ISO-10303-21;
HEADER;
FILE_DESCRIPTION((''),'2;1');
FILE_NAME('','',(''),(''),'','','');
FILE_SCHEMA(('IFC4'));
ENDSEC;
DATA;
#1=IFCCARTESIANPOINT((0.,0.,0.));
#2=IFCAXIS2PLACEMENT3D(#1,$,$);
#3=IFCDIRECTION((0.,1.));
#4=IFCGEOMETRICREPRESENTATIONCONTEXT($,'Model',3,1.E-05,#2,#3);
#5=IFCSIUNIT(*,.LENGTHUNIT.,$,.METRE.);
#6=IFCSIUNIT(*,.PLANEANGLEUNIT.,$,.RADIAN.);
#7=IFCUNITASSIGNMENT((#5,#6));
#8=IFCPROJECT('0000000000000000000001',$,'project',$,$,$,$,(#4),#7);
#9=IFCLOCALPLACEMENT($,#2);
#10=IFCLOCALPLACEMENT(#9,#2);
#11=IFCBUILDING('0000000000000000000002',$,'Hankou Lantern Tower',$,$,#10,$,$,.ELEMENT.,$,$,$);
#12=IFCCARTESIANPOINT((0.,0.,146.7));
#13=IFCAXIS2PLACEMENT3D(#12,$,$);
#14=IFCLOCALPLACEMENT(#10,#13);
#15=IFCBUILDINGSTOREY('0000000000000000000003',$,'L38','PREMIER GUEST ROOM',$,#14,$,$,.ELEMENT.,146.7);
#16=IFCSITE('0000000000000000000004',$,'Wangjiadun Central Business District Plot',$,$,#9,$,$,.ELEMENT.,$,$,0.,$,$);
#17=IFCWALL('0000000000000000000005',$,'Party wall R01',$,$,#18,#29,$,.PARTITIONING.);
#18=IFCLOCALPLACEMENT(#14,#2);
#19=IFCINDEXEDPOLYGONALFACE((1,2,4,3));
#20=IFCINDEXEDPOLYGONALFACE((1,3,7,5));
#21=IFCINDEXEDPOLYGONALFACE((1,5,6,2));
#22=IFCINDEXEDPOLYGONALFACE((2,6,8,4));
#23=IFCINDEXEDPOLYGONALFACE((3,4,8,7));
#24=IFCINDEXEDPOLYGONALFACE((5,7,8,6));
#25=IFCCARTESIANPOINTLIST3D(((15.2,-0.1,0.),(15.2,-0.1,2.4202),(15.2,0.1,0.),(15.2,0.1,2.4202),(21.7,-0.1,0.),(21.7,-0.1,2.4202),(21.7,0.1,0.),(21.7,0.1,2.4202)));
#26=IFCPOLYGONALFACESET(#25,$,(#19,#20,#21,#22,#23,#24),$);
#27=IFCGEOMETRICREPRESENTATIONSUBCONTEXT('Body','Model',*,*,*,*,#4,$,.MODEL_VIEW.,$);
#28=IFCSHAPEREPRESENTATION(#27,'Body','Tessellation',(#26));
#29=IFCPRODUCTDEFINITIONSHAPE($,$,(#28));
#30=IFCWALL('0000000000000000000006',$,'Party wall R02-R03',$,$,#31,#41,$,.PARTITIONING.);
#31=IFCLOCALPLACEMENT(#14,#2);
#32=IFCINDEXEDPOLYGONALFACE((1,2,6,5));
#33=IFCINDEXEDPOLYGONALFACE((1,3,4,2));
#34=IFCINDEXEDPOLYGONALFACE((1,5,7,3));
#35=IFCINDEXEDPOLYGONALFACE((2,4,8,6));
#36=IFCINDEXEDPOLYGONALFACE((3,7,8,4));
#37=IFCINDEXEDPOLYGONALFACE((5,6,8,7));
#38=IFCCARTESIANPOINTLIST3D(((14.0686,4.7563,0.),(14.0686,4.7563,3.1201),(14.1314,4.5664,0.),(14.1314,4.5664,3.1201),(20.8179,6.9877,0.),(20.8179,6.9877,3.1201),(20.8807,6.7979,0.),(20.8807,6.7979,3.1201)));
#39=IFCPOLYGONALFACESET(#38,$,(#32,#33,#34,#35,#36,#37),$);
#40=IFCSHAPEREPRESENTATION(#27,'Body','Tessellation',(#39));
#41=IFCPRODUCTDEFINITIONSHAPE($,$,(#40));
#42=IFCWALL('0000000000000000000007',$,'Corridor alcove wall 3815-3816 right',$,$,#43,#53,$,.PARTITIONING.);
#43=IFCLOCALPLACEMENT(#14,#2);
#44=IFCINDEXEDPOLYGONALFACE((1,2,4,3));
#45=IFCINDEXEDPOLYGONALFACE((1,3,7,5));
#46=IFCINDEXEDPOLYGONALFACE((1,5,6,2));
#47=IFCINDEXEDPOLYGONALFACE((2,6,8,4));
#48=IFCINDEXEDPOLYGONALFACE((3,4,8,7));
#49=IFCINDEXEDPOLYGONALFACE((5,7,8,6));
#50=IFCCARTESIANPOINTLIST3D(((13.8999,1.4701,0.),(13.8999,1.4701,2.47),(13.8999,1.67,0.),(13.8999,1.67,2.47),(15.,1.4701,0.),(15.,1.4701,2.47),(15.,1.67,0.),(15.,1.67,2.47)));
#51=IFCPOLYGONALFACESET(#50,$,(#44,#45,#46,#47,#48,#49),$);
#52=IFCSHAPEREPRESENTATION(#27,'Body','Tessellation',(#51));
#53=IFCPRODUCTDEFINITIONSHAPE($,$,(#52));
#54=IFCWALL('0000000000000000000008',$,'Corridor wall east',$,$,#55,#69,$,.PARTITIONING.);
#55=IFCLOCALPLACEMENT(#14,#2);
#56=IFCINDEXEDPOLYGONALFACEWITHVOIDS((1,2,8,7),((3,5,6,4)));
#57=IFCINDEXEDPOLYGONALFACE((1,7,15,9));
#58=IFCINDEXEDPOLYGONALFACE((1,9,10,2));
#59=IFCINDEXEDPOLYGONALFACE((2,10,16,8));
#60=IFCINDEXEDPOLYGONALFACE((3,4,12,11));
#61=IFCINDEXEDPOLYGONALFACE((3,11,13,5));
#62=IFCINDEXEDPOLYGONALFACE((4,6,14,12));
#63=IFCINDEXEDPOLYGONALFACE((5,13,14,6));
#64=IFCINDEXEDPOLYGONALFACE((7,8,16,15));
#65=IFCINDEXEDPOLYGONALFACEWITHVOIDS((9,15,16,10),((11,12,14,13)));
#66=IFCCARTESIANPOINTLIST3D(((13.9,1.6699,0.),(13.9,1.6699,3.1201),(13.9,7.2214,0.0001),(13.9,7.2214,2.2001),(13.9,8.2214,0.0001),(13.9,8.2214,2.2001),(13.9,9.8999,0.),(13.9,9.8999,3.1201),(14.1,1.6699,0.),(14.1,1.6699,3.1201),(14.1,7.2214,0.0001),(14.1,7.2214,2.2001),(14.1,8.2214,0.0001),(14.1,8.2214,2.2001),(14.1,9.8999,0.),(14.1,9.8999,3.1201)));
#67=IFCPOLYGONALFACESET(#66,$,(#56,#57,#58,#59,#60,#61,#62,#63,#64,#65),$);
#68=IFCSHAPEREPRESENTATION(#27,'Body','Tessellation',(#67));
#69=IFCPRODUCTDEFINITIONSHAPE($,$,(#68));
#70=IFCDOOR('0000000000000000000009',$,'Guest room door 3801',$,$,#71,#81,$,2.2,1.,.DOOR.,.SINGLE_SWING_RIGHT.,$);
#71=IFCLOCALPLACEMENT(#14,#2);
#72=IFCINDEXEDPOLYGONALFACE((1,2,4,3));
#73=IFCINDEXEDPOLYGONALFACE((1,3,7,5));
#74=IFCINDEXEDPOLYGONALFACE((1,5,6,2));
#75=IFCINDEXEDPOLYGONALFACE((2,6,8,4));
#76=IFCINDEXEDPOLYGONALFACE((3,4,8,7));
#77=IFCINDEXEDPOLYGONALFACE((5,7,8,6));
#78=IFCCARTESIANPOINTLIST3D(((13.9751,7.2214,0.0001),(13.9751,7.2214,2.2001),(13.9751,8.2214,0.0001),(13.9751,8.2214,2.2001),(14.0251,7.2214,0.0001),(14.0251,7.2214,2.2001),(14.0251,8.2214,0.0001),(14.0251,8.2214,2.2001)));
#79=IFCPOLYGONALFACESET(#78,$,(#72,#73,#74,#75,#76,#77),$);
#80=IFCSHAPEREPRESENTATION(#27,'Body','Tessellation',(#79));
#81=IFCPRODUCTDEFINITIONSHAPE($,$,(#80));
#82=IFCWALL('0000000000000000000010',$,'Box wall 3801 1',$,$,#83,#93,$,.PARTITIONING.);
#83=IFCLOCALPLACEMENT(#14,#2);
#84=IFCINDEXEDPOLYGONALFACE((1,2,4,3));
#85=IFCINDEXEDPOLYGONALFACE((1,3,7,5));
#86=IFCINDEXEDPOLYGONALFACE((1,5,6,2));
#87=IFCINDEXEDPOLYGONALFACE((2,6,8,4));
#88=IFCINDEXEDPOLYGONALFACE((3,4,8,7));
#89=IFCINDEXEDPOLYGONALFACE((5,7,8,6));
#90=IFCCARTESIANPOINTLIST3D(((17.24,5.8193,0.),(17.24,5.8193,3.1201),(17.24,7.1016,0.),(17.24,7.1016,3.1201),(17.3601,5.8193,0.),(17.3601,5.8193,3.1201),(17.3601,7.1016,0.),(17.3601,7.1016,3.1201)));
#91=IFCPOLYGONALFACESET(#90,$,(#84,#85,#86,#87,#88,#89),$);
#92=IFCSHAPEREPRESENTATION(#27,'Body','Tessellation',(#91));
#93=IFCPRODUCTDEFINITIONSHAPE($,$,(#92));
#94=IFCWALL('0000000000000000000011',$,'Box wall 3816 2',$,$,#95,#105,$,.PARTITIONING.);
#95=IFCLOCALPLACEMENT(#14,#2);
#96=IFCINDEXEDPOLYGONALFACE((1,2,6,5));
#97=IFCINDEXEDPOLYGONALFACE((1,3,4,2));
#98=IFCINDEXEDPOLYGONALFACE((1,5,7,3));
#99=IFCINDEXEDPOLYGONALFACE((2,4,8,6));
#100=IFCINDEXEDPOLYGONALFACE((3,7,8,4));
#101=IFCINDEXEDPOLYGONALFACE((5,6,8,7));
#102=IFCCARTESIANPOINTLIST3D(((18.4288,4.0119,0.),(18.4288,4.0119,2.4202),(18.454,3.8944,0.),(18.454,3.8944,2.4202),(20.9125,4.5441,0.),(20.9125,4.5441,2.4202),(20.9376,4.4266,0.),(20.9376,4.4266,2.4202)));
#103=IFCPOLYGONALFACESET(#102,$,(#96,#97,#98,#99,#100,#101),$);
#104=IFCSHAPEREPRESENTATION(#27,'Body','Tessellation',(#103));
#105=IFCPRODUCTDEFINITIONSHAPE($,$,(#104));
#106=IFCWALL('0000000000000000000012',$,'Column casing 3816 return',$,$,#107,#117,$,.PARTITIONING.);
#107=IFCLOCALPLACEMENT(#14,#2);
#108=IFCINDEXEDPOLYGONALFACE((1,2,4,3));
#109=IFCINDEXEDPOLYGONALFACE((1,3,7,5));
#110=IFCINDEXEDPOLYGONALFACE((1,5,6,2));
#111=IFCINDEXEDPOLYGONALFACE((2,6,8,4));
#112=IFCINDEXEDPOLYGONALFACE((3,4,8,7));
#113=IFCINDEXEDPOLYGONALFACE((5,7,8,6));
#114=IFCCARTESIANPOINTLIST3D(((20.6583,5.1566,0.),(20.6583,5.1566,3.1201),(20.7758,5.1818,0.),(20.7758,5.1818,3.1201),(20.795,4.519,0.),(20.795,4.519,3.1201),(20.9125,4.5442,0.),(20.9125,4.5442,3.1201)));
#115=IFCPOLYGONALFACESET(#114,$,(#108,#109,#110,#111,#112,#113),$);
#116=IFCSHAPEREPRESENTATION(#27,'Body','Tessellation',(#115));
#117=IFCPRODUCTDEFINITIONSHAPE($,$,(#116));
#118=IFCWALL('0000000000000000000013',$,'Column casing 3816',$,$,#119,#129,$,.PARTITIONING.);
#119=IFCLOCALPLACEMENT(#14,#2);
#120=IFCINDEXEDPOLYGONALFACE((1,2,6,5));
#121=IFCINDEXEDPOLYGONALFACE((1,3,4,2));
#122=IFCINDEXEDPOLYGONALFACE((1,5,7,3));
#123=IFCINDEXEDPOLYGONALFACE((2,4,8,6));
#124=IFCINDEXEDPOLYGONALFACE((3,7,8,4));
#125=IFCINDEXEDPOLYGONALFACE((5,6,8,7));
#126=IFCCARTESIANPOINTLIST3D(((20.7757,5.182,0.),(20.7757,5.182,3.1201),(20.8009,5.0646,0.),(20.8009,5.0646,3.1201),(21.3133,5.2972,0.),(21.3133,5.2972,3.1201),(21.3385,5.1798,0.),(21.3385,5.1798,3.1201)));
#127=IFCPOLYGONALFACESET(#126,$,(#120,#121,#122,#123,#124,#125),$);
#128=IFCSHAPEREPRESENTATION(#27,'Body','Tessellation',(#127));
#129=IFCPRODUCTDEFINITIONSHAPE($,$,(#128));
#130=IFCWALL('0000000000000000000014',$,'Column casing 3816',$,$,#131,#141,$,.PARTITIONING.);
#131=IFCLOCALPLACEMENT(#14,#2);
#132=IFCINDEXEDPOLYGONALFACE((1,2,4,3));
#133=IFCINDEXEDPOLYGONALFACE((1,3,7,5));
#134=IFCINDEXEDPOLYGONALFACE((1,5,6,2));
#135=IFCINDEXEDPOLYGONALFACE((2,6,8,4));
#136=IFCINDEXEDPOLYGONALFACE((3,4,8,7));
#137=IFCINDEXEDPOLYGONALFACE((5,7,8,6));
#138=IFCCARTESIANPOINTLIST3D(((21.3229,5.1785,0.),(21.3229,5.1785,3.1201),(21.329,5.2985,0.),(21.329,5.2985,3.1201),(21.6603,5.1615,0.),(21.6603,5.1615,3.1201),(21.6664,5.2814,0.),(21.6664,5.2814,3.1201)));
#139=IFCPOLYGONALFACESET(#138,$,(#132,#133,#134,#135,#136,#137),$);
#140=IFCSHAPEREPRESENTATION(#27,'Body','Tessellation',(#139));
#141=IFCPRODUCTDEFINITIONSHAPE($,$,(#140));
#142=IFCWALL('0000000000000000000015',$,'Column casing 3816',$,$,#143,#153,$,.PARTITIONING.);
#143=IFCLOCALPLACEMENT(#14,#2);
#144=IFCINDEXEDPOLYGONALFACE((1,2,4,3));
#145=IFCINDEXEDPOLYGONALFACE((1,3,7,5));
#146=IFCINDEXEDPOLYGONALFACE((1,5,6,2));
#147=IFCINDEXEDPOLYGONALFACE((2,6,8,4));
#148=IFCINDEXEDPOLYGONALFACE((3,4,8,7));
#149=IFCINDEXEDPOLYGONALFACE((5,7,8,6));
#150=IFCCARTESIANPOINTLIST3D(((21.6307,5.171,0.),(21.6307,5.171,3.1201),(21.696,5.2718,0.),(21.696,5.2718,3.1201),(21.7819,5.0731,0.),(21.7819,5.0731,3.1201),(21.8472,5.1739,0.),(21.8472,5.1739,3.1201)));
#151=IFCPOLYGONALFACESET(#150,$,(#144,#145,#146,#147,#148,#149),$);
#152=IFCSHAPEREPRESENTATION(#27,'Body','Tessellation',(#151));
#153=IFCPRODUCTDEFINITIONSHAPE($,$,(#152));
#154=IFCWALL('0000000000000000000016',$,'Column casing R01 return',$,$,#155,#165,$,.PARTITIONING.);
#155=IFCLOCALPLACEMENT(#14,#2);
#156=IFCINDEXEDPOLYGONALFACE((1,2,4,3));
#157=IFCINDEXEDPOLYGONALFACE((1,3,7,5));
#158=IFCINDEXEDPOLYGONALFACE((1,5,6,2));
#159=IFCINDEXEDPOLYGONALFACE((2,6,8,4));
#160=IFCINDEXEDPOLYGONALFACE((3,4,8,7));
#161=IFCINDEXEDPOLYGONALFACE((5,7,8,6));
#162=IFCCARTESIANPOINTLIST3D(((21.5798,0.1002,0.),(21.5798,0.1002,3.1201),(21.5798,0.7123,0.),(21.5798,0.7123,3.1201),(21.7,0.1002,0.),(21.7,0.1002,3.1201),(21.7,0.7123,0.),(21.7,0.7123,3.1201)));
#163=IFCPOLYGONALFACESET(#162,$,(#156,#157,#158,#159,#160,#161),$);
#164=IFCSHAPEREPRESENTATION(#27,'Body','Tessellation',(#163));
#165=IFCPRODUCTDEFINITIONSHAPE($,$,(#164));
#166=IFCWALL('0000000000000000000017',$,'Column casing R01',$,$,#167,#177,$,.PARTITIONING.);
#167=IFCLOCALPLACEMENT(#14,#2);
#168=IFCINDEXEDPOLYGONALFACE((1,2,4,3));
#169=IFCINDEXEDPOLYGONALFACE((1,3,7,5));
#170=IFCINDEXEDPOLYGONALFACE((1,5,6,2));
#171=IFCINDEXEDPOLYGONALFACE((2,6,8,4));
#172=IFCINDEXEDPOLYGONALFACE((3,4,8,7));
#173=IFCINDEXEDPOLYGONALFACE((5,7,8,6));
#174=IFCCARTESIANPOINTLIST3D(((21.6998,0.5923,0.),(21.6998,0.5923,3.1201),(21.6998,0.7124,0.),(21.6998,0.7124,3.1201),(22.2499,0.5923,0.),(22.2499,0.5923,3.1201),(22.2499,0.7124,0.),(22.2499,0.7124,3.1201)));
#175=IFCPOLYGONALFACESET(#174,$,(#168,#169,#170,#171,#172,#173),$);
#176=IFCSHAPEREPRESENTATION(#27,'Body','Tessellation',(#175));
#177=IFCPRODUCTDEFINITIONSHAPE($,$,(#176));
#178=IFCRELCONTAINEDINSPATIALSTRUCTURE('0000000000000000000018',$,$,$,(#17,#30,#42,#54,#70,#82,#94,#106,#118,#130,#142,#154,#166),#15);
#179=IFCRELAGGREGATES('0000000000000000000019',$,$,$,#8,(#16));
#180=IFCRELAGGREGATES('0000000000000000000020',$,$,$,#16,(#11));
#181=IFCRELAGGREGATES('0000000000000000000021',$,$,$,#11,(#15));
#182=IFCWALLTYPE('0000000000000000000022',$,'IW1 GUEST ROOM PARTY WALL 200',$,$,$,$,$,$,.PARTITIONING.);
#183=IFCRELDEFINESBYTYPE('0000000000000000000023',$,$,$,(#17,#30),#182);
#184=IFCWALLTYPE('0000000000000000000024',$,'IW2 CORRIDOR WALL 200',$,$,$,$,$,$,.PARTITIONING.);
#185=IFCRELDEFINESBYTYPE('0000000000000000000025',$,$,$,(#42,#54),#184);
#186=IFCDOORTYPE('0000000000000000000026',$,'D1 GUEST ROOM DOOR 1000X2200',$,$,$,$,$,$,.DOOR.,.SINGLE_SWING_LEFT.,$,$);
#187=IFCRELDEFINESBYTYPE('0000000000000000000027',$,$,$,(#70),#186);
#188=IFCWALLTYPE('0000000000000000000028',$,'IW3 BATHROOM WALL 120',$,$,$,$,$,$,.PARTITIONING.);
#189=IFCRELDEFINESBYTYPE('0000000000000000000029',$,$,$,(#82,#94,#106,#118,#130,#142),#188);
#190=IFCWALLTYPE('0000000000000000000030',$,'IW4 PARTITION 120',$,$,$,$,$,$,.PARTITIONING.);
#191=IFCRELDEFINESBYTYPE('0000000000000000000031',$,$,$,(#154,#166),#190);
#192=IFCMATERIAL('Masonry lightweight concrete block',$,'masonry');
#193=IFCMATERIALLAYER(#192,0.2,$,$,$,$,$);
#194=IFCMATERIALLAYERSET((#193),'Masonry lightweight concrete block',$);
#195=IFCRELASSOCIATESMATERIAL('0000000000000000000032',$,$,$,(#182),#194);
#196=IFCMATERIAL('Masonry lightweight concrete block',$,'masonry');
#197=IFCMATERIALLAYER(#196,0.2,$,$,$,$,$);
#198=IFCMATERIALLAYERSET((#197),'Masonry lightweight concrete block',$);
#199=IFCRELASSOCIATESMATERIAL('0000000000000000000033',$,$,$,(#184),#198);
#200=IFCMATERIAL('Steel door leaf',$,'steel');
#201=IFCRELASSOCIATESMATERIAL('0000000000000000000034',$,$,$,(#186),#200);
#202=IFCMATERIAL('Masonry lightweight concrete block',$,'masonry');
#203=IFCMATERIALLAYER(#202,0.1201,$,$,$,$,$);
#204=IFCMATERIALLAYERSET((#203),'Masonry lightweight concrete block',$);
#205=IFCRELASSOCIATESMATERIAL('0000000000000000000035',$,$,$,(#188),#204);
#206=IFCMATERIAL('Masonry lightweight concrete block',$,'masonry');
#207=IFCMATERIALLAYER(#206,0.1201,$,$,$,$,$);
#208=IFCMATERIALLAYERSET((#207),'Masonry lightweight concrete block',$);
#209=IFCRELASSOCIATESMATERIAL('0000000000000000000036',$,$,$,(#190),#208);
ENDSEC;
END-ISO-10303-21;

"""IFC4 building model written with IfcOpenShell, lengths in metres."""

from ifc_helpers import new_model, si_unit, direction, frame, frame_2d, origin, place, context, subcontext, project, spatial, rectangle, extrude, material, layer, layer_set, type_object, element, fill, save


model = new_model("IFC4")

# Units and contexts
model_context = context("Model", 3, precision=1e-05, world=origin(), true_north=direction((0.0, 1.0)))
body_context = subcontext(model_context, "Body", "Model", "MODEL_VIEW")
ifc_project = project(units=[si_unit("LENGTHUNIT", "METRE"), si_unit("PLANEANGLEUNIT", "RADIAN")], contexts=[model_context])

# Site, building, storey
site_placement = place(None, origin())
site = spatial("IfcSite", under=ifc_project, at=site_placement, Name="Wangjiadun Central Business District Plot", CompositionType="ELEMENT", RefElevation=0.0)
building_placement = place(site_placement, origin())
building = spatial("IfcBuilding", under=site, at=building_placement, Name="Hankou Lantern Tower", CompositionType="ELEMENT")
storey_placement = place(building_placement, frame((0.0, 0.0, 146.7)))
storey = spatial("IfcBuildingStorey", under=building, at=storey_placement, Name="L38", Description="PREMIER GUEST ROOM", CompositionType="ELEMENT", Elevation=146.7)

# Walls
ifc_material_1 = material(Name="Masonry lightweight concrete block", Category="masonry")
ifc_layer_1 = layer(ifc_material_1, 0.2)
ifc_layer_set_1 = layer_set([ifc_layer_1], Name="Masonry lightweight concrete block")
wall_type_1 = type_object("IfcWallType", Name="IW1 GUEST ROOM PARTY WALL 200", PredefinedType="PARTITIONING", material=ifc_layer_set_1)
wall_1_placement = place(storey_placement, frame((15.2, 0.0, 0.0), z_axis=(0.0, 0.0, 1.0), x_axis=(1.0, 0.0, 0.0)))
element("IfcWall", 1, at=wall_1_placement, inside=storey, type_object=wall_type_1, Name="Party wall R01", PredefinedType="PARTITIONING", context=body_context, shape_type="SweptSolid", body=[
    extrude(rectangle(XDim=6.5, YDim=0.2, at=frame_2d((3.25, 0.0))), origin(), (0.0, 0.0, 1.0), 2.4202),
])
wall_2_placement = place(storey_placement, frame((14.1001, 4.6614, 0.0), z_axis=(0.0, 0.0, 1.0), x_axis=(0.949453, 0.313909, 0.0)))
element("IfcWall", 2, at=wall_2_placement, inside=storey, type_object=wall_type_1, Name="Party wall R02-R03", PredefinedType="PARTITIONING", context=body_context, shape_type="SweptSolid", body=[
    extrude(rectangle(XDim=7.1086, YDim=0.2, at=frame_2d((3.5542, 0.0))), origin(), (0.0, 0.0, 1.0), 3.1201),
])
ifc_material_2 = material(Name="Masonry lightweight concrete block", Category="masonry")
ifc_layer_2 = layer(ifc_material_2, 0.2)
ifc_layer_set_2 = layer_set([ifc_layer_2], Name="Masonry lightweight concrete block")
wall_type_2 = type_object("IfcWallType", Name="IW2 CORRIDOR WALL 200", PredefinedType="PARTITIONING", material=ifc_layer_set_2)
wall_3_placement = place(storey_placement, frame((13.8999, 1.5701, 0.0), z_axis=(0.0, 0.0, 1.0), x_axis=(1.0, 0.0, 0.0)))
element("IfcWall", 3, at=wall_3_placement, inside=storey, type_object=wall_type_2, Name="Corridor alcove wall 3815-3816 right", PredefinedType="PARTITIONING", context=body_context, shape_type="SweptSolid", body=[
    extrude(rectangle(XDim=1.1001, YDim=0.2, at=frame_2d((0.55, 0.0))), origin(), (0.0, 0.0, 1.0), 2.47),
])

# Wall, opening, door
wall_4_placement = place(storey_placement, frame((14.0, 1.6699, 0.0), z_axis=(0.0, 0.0, 1.0), x_axis=(0.0, 1.0, 0.0)))
wall_4 = element("IfcWall", 4, at=wall_4_placement, inside=storey, type_object=wall_type_2, Name="Corridor wall east", PredefinedType="PARTITIONING", context=body_context, shape_type="SweptSolid", body=[
    extrude(rectangle(XDim=8.23, YDim=0.2, at=frame_2d((4.115, 0.0))), origin(), (0.0, 0.0, 1.0), 3.1201),
])
opening_1_placement = place(wall_4_placement, frame((5.5515, 0.0, 0.0)))
opening_1 = element("IfcOpeningElement", 5, at=opening_1_placement, cuts=wall_4, PredefinedType="OPENING", context=body_context, shape_type="SweptSolid", body=[
    extrude(rectangle(XDim=1.0, YDim=2.2, at=frame_2d((0.5, 1.1001))), frame((0.0, 0.1099, 0.0), z_axis=(0.0, -1.0, 0.0), x_axis=(1.0, 0.0, 0.0)), (0.0, 0.0, 1.0), 0.22),
])
ifc_material_3 = material(Name="Steel door leaf", Category="steel")
door_type = type_object("IfcDoorType", Name="D1 GUEST ROOM DOOR 1000X2200", OperationType="SINGLE_SWING_LEFT", PredefinedType="DOOR", material=ifc_material_3)
door_placement = place(opening_1_placement, origin())
door = element("IfcDoor", 6, at=door_placement, inside=storey, type_object=door_type, Name="Guest room door 3801", OperationType="SINGLE_SWING_RIGHT", OverallHeight=2.2, OverallWidth=1.0, PredefinedType="DOOR", context=body_context, shape_type="SweptSolid", body=[
    extrude(rectangle(XDim=1.0, YDim=2.2, at=frame_2d((0.5, 1.1001))), frame((0.0, 0.0249, 0.0), z_axis=(0.0, -1.0, 0.0), x_axis=(1.0, 0.0, 0.0)), (0.0, 0.0, 1.0), 0.05),
])
fill(opening_1, door)

# Walls
ifc_material_4 = material(Name="Masonry lightweight concrete block", Category="masonry")
ifc_layer_3 = layer(ifc_material_4, 0.1201)
ifc_layer_set_3 = layer_set([ifc_layer_3], Name="Masonry lightweight concrete block")
wall_type_3 = type_object("IfcWallType", Name="IW3 BATHROOM WALL 120", PredefinedType="PARTITIONING", material=ifc_layer_set_3)
wall_5_placement = place(storey_placement, frame((17.3, 5.8193, 0.0), z_axis=(0.0, 0.0, 1.0), x_axis=(0.0, 1.0, 0.0)))
element("IfcWall", 7, at=wall_5_placement, inside=storey, type_object=wall_type_3, Name="Box wall 3801 1", PredefinedType="PARTITIONING", context=body_context, shape_type="SweptSolid", body=[
    extrude(rectangle(XDim=1.2822, YDim=0.1201, at=frame_2d((0.6411, 0.0))), origin(), (0.0, 0.0, 1.0), 3.1201),
])
wall_6_placement = place(storey_placement, frame((18.4414, 3.9531, 0.0), z_axis=(0.0, 0.0, 1.0), x_axis=(0.977801, 0.209536, 0.0)))
element("IfcWall", 8, at=wall_6_placement, inside=storey, type_object=wall_type_3, Name="Box wall 3816 2", PredefinedType="PARTITIONING", context=body_context, shape_type="SweptSolid", body=[
    extrude(rectangle(XDim=2.54, YDim=0.1201, at=frame_2d((1.27, 0.0))), origin(), (0.0, 0.0, 1.0), 2.4202),
])
wall_7_placement = place(storey_placement, frame((20.8538, 4.5315, 0.0), z_axis=(0.0, 0.0, 1.0), x_axis=(-0.209631, 0.97778, 0.0)))
element("IfcWall", 9, at=wall_7_placement, inside=storey, type_object=wall_type_3, Name="Column casing 3816 return", PredefinedType="PARTITIONING", context=body_context, shape_type="SweptSolid", body=[
    extrude(rectangle(XDim=0.6521, YDim=0.1201, at=frame_2d((0.3262, 0.0))), origin(), (0.0, 0.0, 1.0), 3.1201),
])
wall_8_placement = place(storey_placement, frame((20.7883, 5.1233, 0.0), z_axis=(0.0, 0.0, 1.0), x_axis=(0.977789, 0.20959, 0.0)))
element("IfcWall", 10, at=wall_8_placement, inside=storey, type_object=wall_type_3, Name="Column casing 3816", PredefinedType="PARTITIONING", context=body_context, shape_type="SweptSolid", body=[
    extrude(rectangle(XDim=0.5498, YDim=0.1201, at=frame_2d((0.2749, 0.0))), origin(), (0.0, 0.0, 1.0), 3.1201),
])
wall_9_placement = place(storey_placement, frame((21.3259, 5.2385, 0.0), z_axis=(0.0, 0.0, 1.0), x_axis=(0.99872, -0.050586, 0.0)))
element("IfcWall", 11, at=wall_9_placement, inside=storey, type_object=wall_type_3, Name="Column casing 3816", PredefinedType="PARTITIONING", context=body_context, shape_type="SweptSolid", body=[
    extrude(rectangle(XDim=0.3379, YDim=0.1201, at=frame_2d((0.1689, 0.0))), origin(), (0.0, 0.0, 1.0), 3.1201),
])
wall_10_placement = place(storey_placement, frame((21.6633, 5.2214, 0.0), z_axis=(0.0, 0.0, 1.0), x_axis=(0.839279, -0.543701, 0.0)))
element("IfcWall", 12, at=wall_10_placement, inside=storey, type_object=wall_type_3, Name="Column casing 3816", PredefinedType="PARTITIONING", context=body_context, shape_type="SweptSolid", body=[
    extrude(rectangle(XDim=0.1802, YDim=0.1201, at=frame_2d((0.0901, 0.0))), origin(), (0.0, 0.0, 1.0), 3.1201),
])
ifc_material_5 = material(Name="Masonry lightweight concrete block", Category="masonry")
ifc_layer_4 = layer(ifc_material_5, 0.1201)
ifc_layer_set_4 = layer_set([ifc_layer_4], Name="Masonry lightweight concrete block")
wall_type_4 = type_object("IfcWallType", Name="IW4 PARTITION 120", PredefinedType="PARTITIONING", material=ifc_layer_set_4)
wall_11_placement = place(storey_placement, frame((21.6399, 0.1001, 0.0), z_axis=(0.0, 0.0, 1.0), x_axis=(0.0, 1.0, 0.0)))
element("IfcWall", 13, at=wall_11_placement, inside=storey, type_object=wall_type_4, Name="Column casing R01 return", PredefinedType="PARTITIONING", context=body_context, shape_type="SweptSolid", body=[
    extrude(rectangle(XDim=0.6121, YDim=0.1201, at=frame_2d((0.3062, 0.0))), origin(), (0.0, 0.0, 1.0), 3.1201),
])
wall_12_placement = place(storey_placement, frame((21.7, 0.6523, 0.0), z_axis=(0.0, 0.0, 1.0), x_axis=(1.0, 0.0, 0.0)))
element("IfcWall", 14, at=wall_12_placement, inside=storey, type_object=wall_type_4, Name="Column casing R01", PredefinedType="PARTITIONING", context=body_context, shape_type="SweptSolid", body=[
    extrude(rectangle(XDim=0.55, YDim=0.1201, at=frame_2d((0.2749, 0.0))), origin(), (0.0, 0.0, 1.0), 3.1201),
])

save(model, "model.ifc")
